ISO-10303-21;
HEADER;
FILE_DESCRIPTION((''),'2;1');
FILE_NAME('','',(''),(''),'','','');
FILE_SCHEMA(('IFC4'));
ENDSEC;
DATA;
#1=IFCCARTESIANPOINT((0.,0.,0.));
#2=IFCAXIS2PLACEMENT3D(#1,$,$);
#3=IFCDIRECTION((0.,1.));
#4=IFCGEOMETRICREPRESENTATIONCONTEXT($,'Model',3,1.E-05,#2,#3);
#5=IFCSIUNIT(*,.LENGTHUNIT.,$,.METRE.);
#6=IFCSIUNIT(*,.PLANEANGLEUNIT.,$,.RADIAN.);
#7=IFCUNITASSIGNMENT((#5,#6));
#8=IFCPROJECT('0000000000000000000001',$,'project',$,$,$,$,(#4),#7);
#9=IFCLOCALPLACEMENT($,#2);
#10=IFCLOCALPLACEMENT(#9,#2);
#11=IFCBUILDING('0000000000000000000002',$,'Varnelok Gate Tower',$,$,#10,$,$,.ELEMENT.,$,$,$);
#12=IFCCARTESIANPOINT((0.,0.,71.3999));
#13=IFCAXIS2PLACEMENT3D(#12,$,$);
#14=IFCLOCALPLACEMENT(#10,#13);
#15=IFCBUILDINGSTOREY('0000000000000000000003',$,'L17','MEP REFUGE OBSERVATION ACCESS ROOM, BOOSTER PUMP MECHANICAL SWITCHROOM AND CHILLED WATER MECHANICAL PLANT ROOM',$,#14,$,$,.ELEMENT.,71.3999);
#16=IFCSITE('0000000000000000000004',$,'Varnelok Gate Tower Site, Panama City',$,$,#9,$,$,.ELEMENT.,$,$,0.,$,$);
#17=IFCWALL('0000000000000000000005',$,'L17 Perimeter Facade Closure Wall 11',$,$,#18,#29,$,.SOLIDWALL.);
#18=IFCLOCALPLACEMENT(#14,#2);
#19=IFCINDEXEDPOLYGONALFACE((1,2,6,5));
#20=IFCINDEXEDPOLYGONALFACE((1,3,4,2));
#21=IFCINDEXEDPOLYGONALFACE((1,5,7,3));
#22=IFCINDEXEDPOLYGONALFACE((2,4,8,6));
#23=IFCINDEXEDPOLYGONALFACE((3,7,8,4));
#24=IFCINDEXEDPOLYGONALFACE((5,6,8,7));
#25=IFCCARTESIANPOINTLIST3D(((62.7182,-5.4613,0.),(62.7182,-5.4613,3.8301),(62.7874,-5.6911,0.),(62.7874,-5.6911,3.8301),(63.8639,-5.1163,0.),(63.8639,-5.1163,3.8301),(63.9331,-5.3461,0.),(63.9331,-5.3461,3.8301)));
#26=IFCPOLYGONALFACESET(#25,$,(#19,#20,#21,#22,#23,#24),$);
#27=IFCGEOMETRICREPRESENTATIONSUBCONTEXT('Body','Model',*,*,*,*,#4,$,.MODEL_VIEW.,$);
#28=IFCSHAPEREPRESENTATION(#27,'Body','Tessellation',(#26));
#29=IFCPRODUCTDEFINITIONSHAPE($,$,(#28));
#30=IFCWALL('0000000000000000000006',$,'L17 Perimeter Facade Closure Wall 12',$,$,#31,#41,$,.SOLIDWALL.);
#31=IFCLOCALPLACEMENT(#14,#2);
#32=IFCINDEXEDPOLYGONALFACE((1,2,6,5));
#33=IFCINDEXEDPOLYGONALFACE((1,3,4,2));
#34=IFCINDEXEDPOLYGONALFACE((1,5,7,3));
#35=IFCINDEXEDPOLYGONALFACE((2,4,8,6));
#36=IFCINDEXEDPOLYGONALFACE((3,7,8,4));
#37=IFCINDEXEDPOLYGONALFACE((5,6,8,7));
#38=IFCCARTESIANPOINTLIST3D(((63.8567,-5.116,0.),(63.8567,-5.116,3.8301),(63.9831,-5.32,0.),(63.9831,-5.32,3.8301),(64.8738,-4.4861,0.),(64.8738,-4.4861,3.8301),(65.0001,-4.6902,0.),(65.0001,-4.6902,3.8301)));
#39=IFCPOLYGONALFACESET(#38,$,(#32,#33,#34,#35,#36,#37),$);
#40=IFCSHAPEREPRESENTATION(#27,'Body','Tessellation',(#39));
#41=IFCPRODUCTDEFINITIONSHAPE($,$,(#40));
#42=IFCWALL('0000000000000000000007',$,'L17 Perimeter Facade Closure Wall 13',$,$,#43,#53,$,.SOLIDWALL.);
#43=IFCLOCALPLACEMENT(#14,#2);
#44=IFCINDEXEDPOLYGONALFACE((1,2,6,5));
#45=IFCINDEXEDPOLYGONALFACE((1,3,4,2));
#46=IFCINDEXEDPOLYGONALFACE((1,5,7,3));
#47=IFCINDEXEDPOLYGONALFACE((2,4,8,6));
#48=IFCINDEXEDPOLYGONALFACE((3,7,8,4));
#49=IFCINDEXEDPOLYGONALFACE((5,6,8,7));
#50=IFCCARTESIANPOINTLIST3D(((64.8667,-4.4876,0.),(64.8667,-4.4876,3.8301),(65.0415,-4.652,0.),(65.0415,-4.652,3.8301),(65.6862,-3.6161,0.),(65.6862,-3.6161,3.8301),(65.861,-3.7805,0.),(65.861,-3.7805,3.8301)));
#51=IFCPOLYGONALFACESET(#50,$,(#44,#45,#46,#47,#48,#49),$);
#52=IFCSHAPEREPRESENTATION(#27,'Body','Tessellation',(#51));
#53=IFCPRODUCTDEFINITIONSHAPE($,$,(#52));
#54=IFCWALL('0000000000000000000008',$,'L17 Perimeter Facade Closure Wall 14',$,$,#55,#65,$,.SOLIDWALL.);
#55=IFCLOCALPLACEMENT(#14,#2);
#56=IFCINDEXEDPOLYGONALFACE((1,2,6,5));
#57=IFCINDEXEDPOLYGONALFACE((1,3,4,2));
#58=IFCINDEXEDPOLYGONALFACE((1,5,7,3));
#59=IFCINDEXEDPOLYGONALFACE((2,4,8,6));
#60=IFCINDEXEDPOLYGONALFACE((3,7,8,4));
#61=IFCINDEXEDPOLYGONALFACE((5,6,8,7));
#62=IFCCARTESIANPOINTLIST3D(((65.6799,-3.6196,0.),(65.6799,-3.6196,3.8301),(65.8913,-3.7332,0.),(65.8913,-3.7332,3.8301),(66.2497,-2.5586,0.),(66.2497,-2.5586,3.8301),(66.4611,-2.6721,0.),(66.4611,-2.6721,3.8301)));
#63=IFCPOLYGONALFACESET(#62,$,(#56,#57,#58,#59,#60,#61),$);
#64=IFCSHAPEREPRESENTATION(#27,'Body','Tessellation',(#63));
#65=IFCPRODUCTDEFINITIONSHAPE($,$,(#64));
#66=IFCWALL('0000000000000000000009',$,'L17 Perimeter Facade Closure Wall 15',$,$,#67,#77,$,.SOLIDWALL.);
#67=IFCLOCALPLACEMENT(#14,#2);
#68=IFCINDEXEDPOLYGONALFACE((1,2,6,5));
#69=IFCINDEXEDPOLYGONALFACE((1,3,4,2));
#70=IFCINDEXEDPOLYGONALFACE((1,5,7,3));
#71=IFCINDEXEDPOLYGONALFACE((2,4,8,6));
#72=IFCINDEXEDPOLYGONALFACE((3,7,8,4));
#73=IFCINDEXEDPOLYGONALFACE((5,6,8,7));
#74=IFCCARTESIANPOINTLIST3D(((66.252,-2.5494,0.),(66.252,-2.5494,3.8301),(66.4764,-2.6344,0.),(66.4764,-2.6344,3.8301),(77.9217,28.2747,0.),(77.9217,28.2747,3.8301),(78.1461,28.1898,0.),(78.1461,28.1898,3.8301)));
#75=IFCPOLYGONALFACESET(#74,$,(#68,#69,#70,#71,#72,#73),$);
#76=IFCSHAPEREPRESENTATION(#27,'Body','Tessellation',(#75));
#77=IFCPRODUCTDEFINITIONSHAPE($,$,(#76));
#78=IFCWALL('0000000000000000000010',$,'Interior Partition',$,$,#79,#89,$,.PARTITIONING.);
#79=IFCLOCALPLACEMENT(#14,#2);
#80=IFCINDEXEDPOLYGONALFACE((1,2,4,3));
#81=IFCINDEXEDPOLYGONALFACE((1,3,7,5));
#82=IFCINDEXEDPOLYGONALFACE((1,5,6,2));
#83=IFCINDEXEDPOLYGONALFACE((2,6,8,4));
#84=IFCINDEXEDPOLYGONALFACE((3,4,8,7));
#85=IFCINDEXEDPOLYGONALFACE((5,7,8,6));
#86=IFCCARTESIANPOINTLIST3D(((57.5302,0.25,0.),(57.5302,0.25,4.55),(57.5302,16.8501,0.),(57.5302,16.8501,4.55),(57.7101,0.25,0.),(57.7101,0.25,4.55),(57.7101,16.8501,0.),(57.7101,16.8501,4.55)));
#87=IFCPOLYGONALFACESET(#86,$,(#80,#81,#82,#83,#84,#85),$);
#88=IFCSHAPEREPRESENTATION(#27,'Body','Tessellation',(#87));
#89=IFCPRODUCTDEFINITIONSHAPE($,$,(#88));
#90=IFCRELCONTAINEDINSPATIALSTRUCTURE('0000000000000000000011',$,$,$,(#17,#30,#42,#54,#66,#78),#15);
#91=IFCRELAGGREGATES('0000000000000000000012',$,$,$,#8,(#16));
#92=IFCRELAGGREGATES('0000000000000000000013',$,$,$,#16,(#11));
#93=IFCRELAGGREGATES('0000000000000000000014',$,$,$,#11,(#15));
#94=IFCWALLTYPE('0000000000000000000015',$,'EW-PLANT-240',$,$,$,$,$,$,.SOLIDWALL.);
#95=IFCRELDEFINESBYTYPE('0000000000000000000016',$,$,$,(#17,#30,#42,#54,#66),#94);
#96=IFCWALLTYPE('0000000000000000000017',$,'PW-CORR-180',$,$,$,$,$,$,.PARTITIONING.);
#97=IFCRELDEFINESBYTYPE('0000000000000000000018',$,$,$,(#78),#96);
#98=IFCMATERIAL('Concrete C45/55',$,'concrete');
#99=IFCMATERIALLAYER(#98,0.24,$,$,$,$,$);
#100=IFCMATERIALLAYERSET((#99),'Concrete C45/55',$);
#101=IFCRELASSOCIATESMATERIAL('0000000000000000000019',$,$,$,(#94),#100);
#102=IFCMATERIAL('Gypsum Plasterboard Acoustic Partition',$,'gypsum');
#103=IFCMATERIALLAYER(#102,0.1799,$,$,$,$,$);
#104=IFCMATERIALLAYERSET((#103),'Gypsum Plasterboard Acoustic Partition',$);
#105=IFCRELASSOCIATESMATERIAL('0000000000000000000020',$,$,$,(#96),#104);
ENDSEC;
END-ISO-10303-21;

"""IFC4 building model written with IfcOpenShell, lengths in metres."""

from ifc_helpers import new_model, si_unit, direction, frame, frame_2d, origin, place, context, subcontext, project, spatial, rectangle, extrude, material, layer, layer_set, type_object, element, save


model = new_model("IFC4")

# Units and contexts
model_context = context("Model", 3, precision=1e-05, world=origin(), true_north=direction((0.0, 1.0)))
body_context = subcontext(model_context, "Body", "Model", "MODEL_VIEW")
ifc_project = project(units=[si_unit("LENGTHUNIT", "METRE"), si_unit("PLANEANGLEUNIT", "RADIAN")], contexts=[model_context])

# Site, building, storey
site_placement = place(None, origin())
site = spatial("IfcSite", under=ifc_project, at=site_placement, Name="Varnelok Gate Tower Site, Panama City", CompositionType="ELEMENT", RefElevation=0.0)
building_placement = place(site_placement, origin())
building = spatial("IfcBuilding", under=site, at=building_placement, Name="Varnelok Gate Tower", CompositionType="ELEMENT")
storey_placement = place(building_placement, frame((0.0, 0.0, 71.3999)))
storey = spatial("IfcBuildingStorey", under=building, at=storey_placement, Name="L17", Description="MEP REFUGE OBSERVATION ACCESS ROOM, BOOSTER PUMP MECHANICAL SWITCHROOM AND CHILLED WATER MECHANICAL PLANT ROOM", CompositionType="ELEMENT", Elevation=71.3999)

# Shared definitions
ifc_material_1 = material(Name="Concrete C45/55", Category="concrete")

# Walls
ifc_layer_1 = layer(ifc_material_1, 0.24)
ifc_layer_set_1 = layer_set([ifc_layer_1], Name="Concrete C45/55")
wall_type_1 = type_object("IfcWallType", Name="EW-PLANT-240", PredefinedType="SOLIDWALL", material=ifc_layer_set_1)
wall_1_placement = place(storey_placement, frame((62.7529, -5.5762, 0.0), z_axis=(0.0, 0.0, 1.0), x_axis=(0.957539, 0.288302, 0.0)))
element("IfcWall", 1, at=wall_1_placement, inside=storey, type_object=wall_type_1, Name="L17 Perimeter Facade Closure Wall 11", PredefinedType="SOLIDWALL", context=body_context, shape_type="SweptSolid", body=[
    extrude(rectangle(XDim=1.1965, YDim=0.24, at=frame_2d((0.5981, 0.0))), origin(), (0.0, 0.0, 1.0), 3.8301),
])
for number, where, z_axis, x_axis, name in (
    (2, (63.9199, -5.218, 0.0), (0.0, 0.0, 1.0), (0.850169, 0.526509, 0.0), "L17 Perimeter Facade Closure Wall 12"),
    (3, (64.9541, -4.5698, 0.0), (0.0, 0.0, 1.0), (0.68504, 0.728505, 0.0), "L17 Perimeter Facade Closure Wall 13"),
):
    element("IfcWall", number, at=place(storey_placement, frame(where, z_axis=z_axis, x_axis=x_axis)), inside=storey, type_object=wall_type_1, Name=name, PredefinedType="SOLIDWALL", context=body_context, shape_type="SweptSolid", body=[
        extrude(rectangle(XDim=1.1963, YDim=0.24, at=frame_2d((0.5981, 0.0))), origin(), (0.0, 0.0, 1.0), 3.8301),
    ])
wall_2_placement = place(storey_placement, frame((65.7856, -3.6763, 0.0), z_axis=(0.0, 0.0, 1.0), x_axis=(0.473132, 0.880991, 0.0)))
element("IfcWall", 4, at=wall_2_placement, inside=storey, type_object=wall_type_1, Name="L17 Perimeter Facade Closure Wall 14", PredefinedType="SOLIDWALL", context=body_context, shape_type="SweptSolid", body=[
    extrude(rectangle(XDim=1.2043, YDim=0.24, at=frame_2d((0.6021, 0.0))), origin(), (0.0, 0.0, 1.0), 3.8301),
])
wall_3_placement = place(storey_placement, frame((66.3643, -2.5918, 0.0), z_axis=(0.0, 0.0, 1.0), x_axis=(0.354064, 0.935221, 0.0)))
element("IfcWall", 5, at=wall_3_placement, inside=storey, type_object=wall_type_1, Name="L17 Perimeter Facade Closure Wall 15", PredefinedType="SOLIDWALL", context=body_context, shape_type="SweptSolid", body=[
    extrude(rectangle(XDim=32.9592, YDim=0.24, at=frame_2d((16.4795, 0.0))), origin(), (0.0, 0.0, 1.0), 3.8301),
])
ifc_material_2 = material(Name="Gypsum Plasterboard Acoustic Partition", Category="gypsum")
ifc_layer_2 = layer(ifc_material_2, 0.1799)
ifc_layer_set_2 = layer_set([ifc_layer_2], Name="Gypsum Plasterboard Acoustic Partition")
wall_type_2 = type_object("IfcWallType", Name="PW-CORR-180", PredefinedType="PARTITIONING", material=ifc_layer_set_2)
wall_4_placement = place(storey_placement, frame((57.6201, 0.25, 0.0), z_axis=(0.0, 0.0, 1.0), x_axis=(0.0, 1.0, 0.0)))
element("IfcWall", 6, at=wall_4_placement, inside=storey, type_object=wall_type_2, Name="Interior Partition", PredefinedType="PARTITIONING", context=body_context, shape_type="SweptSolid", body=[
    extrude(rectangle(XDim=16.6001, YDim=0.1799, at=frame_2d((8.3, 0.0))), origin(), (0.0, 0.0, 1.0), 4.55),
])

save(model, "model.ifc")
